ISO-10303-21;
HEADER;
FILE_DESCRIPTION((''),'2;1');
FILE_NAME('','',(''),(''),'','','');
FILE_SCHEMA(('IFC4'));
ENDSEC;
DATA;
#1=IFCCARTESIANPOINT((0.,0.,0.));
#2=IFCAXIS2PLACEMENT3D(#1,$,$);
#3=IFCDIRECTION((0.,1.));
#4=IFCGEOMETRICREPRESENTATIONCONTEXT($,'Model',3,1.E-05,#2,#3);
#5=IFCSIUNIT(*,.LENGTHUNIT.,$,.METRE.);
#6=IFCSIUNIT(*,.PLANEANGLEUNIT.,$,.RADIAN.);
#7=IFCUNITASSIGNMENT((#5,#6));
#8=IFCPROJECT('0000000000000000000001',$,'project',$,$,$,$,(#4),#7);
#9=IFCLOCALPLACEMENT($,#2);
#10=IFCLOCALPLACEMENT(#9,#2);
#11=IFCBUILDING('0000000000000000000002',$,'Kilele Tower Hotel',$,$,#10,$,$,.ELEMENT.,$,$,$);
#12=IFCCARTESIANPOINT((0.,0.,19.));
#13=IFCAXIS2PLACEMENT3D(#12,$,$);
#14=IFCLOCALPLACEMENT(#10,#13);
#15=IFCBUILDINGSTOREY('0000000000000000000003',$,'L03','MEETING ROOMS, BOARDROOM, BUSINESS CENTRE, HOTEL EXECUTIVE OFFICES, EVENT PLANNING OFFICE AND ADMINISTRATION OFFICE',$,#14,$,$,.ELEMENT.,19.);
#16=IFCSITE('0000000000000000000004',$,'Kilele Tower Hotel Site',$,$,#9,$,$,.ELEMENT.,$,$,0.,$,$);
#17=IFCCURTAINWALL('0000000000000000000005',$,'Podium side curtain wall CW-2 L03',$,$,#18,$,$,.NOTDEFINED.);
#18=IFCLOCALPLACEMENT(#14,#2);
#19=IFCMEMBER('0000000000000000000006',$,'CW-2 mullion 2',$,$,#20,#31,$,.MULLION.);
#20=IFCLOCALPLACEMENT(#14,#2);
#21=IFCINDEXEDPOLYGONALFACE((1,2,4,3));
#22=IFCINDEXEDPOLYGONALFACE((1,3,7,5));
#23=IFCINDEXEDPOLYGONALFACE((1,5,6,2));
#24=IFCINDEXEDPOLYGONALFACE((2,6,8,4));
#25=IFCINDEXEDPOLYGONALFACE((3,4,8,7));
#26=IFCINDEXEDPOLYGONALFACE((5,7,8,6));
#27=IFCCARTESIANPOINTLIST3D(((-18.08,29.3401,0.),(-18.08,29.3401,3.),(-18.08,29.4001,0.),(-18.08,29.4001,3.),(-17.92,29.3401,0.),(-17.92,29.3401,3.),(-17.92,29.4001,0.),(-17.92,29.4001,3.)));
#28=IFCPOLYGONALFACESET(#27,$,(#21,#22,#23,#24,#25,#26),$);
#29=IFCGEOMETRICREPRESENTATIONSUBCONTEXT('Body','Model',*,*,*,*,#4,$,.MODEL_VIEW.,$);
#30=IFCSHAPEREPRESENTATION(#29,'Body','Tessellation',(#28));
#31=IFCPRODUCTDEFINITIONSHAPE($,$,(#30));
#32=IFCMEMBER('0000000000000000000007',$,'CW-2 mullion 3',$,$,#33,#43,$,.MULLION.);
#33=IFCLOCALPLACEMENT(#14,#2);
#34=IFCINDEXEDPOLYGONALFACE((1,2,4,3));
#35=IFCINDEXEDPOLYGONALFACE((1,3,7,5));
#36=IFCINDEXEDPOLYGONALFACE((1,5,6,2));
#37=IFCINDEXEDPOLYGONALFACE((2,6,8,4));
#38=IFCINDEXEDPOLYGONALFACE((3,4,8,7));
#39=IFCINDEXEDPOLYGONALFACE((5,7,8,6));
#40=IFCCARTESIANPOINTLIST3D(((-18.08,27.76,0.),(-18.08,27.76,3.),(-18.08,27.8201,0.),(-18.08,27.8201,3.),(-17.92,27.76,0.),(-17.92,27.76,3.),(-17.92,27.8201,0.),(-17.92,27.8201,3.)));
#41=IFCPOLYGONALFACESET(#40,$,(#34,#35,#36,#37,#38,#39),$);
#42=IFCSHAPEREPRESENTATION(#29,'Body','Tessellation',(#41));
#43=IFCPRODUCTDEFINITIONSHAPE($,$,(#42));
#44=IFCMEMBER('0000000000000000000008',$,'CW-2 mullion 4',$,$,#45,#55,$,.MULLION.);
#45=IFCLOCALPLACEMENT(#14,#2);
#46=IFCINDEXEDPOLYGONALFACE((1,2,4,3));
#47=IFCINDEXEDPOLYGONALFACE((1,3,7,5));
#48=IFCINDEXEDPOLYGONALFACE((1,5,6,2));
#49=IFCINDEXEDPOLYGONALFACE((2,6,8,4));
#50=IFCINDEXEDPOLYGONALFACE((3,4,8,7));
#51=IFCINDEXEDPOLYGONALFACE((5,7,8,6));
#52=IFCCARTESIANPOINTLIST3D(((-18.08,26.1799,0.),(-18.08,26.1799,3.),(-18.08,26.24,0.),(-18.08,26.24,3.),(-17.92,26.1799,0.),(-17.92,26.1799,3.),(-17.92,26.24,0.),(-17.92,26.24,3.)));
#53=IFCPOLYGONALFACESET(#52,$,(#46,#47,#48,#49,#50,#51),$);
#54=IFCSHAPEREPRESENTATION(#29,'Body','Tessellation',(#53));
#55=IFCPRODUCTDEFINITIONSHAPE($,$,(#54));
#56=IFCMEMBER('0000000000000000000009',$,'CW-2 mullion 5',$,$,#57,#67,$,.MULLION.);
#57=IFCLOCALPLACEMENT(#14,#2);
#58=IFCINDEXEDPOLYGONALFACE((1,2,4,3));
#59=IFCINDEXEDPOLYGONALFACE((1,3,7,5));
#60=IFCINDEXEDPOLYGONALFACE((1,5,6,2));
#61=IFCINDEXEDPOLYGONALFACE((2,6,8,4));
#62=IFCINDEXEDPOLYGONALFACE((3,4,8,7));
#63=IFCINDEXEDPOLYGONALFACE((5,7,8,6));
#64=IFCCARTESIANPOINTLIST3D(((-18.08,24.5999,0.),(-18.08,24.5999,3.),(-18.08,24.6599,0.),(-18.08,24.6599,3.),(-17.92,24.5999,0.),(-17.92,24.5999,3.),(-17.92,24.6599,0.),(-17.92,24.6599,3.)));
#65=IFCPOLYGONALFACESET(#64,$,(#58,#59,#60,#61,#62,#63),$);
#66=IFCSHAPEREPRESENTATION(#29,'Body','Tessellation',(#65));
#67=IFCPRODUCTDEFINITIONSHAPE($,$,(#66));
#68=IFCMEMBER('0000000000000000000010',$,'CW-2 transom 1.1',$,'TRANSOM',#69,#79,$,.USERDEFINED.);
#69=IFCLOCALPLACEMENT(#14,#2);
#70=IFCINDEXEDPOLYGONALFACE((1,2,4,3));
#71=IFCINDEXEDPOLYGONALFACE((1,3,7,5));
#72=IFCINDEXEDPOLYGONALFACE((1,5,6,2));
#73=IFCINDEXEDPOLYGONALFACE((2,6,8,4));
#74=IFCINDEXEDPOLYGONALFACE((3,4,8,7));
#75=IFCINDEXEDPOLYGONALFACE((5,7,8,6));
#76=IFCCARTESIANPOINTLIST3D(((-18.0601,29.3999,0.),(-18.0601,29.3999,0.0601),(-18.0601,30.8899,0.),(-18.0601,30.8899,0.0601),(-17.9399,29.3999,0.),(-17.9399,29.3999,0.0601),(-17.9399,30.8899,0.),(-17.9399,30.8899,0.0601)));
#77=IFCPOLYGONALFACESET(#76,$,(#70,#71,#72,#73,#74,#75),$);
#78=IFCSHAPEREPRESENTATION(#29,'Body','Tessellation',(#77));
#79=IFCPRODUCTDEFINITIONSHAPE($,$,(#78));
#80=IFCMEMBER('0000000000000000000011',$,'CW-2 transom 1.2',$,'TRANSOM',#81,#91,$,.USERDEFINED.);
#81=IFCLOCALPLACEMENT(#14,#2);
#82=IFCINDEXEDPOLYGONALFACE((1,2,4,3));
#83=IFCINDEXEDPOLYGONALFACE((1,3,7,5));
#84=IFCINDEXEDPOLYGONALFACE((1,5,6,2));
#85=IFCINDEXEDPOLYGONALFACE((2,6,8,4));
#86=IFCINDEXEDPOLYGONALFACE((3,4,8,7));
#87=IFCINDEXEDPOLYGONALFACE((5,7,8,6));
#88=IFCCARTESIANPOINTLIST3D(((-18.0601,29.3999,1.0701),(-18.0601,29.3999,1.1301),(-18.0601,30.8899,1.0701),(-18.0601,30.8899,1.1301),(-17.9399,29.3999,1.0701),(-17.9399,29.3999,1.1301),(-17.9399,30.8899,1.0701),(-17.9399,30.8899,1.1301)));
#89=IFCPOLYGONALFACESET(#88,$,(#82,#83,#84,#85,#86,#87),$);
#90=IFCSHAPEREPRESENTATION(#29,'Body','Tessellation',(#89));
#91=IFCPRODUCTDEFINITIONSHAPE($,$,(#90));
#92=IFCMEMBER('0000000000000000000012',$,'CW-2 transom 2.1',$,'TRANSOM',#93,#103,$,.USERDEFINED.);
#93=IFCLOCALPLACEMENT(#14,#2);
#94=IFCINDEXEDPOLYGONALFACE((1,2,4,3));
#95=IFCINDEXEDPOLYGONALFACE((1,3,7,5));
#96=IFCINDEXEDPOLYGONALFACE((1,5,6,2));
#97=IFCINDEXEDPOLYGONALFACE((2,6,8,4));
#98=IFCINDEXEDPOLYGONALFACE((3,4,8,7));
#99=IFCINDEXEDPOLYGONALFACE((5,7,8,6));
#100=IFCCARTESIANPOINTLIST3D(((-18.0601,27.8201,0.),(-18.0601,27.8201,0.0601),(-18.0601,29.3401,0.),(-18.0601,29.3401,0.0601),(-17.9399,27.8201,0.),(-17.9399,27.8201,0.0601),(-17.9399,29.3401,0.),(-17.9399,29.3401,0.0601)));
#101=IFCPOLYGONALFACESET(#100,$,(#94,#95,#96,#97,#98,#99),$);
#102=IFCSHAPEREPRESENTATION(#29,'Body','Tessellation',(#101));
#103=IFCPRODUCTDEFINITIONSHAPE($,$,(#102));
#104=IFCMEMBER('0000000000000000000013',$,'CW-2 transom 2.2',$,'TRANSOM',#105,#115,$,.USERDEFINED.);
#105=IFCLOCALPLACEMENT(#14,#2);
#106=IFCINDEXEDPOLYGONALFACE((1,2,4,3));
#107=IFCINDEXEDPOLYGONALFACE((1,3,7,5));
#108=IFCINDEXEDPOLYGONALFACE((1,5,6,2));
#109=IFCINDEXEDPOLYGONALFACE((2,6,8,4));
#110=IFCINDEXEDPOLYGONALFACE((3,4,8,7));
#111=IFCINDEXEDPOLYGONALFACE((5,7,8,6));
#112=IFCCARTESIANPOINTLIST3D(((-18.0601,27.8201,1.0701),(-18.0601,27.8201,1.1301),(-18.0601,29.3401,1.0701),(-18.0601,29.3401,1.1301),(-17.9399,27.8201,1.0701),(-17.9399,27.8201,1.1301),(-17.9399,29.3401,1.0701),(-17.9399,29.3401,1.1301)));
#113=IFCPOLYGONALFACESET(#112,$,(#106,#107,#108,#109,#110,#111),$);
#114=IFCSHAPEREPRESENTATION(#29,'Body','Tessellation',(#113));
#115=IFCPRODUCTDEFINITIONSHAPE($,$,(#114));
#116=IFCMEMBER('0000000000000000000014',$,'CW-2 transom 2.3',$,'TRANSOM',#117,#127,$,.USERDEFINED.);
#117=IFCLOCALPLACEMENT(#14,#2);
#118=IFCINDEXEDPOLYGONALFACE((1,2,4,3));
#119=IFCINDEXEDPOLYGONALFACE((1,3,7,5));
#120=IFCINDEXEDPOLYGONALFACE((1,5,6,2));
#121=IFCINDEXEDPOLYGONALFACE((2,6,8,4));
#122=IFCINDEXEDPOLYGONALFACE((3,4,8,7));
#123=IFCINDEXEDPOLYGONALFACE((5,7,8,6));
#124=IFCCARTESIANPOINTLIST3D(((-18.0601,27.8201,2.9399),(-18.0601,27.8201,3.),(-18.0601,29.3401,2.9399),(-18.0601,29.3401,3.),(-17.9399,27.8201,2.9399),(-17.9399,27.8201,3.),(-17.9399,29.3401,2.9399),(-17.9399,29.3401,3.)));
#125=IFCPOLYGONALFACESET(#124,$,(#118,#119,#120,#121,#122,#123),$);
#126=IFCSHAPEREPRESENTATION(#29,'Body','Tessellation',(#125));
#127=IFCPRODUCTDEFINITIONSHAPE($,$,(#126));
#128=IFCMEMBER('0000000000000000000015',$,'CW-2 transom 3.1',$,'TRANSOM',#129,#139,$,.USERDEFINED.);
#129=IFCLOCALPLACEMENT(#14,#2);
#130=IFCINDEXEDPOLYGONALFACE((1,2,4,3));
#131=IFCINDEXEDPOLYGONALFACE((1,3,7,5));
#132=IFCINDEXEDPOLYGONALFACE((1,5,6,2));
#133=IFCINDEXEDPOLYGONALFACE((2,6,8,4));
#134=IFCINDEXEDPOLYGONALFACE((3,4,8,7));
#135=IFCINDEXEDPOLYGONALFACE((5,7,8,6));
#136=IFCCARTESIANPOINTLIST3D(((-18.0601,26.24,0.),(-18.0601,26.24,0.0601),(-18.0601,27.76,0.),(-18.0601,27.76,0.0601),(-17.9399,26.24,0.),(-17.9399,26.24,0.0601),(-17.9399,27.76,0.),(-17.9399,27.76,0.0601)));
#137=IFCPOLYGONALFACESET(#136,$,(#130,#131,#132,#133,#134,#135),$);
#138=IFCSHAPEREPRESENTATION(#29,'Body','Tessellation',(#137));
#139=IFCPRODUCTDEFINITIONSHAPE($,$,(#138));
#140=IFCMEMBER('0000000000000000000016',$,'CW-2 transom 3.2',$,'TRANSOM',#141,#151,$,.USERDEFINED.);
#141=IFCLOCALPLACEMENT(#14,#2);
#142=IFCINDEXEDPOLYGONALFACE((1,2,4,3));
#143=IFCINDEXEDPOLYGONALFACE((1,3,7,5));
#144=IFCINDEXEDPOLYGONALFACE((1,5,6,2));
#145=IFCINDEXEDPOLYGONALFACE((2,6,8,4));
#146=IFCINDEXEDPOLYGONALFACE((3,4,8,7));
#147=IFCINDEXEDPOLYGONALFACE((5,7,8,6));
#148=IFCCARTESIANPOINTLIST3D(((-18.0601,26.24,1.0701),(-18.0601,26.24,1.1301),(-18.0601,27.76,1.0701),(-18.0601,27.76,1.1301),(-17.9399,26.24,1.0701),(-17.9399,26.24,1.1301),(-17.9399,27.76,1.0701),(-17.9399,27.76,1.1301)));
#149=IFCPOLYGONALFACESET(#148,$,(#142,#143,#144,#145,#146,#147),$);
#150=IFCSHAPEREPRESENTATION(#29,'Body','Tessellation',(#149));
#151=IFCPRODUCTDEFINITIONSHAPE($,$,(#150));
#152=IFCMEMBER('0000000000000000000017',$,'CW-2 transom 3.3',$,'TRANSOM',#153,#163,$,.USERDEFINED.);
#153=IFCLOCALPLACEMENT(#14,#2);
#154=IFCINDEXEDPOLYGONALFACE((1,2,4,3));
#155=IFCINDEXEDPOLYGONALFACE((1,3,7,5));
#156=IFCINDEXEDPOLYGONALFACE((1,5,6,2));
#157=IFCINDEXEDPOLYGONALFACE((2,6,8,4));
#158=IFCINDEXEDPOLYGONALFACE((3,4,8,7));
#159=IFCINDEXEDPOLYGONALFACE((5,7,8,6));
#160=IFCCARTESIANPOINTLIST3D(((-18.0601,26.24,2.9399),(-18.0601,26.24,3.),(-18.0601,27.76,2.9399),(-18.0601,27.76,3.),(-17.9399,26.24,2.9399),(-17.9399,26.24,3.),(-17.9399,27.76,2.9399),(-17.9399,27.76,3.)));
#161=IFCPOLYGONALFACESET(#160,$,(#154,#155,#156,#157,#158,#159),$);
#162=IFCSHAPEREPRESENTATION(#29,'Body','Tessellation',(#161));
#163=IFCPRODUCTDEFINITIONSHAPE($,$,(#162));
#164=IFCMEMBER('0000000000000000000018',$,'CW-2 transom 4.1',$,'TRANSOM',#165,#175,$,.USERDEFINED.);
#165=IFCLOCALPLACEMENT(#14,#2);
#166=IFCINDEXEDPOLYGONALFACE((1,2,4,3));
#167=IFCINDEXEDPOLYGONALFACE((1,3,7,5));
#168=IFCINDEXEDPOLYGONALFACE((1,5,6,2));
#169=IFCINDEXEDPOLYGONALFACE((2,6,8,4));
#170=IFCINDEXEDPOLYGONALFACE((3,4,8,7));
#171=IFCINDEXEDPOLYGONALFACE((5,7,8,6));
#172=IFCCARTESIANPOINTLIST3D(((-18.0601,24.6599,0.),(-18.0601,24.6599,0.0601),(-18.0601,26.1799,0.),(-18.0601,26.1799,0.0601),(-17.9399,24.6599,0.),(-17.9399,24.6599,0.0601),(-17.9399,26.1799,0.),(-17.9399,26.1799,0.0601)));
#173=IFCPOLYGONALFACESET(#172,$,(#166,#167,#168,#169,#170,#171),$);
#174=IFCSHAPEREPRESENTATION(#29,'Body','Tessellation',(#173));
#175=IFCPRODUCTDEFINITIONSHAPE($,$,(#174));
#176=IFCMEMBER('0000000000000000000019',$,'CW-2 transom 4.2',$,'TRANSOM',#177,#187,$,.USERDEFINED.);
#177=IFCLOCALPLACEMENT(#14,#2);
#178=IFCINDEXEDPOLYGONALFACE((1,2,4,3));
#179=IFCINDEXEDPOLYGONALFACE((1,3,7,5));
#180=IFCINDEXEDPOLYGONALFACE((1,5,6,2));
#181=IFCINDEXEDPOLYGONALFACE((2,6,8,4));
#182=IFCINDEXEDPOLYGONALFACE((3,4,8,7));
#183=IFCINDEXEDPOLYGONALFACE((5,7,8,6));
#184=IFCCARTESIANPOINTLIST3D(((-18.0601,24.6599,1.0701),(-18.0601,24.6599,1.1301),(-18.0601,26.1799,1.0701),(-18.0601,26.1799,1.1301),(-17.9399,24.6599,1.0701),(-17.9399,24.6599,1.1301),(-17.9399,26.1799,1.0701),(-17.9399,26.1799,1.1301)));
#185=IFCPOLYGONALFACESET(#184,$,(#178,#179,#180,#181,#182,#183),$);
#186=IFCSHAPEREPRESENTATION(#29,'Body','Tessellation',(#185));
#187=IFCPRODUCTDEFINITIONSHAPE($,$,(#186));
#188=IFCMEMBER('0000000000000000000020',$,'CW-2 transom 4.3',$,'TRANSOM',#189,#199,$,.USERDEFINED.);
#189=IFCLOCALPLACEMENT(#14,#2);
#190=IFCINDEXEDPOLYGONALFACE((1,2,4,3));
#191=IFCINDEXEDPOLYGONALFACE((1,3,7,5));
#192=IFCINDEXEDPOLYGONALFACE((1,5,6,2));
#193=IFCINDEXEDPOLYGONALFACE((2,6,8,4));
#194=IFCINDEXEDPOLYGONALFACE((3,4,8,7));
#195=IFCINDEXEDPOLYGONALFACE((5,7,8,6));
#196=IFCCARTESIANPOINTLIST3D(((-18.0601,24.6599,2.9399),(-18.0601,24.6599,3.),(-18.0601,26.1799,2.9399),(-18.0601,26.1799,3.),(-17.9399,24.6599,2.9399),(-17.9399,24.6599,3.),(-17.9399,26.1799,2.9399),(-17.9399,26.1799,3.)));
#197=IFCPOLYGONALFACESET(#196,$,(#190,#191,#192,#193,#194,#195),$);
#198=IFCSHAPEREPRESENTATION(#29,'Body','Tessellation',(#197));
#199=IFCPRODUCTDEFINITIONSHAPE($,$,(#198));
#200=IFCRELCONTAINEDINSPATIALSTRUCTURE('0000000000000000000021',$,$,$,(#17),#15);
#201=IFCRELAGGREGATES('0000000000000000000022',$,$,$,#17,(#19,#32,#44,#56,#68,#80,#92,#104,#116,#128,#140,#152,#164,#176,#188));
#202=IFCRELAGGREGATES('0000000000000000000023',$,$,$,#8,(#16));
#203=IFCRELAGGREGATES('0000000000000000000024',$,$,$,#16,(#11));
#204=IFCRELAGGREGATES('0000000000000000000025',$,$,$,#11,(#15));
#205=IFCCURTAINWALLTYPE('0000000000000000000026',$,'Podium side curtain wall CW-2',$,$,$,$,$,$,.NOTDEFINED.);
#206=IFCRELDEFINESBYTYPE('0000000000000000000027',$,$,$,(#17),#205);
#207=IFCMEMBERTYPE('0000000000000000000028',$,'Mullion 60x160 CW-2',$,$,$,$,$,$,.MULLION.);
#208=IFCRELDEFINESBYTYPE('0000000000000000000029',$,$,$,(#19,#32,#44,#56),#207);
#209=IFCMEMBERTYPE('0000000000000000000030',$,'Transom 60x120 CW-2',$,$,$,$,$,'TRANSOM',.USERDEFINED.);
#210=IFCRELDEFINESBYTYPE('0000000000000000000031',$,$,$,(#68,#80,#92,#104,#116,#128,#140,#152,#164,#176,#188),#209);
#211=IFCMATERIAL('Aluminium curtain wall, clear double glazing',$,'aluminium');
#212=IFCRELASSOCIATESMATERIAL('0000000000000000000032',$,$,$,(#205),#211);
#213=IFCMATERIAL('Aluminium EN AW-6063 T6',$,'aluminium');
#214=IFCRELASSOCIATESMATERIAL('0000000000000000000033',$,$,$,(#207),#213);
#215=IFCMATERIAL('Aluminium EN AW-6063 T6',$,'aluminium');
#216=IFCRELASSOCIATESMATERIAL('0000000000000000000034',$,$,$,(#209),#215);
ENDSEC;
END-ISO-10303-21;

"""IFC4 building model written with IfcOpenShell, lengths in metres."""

from ifc_helpers import new_model, si_unit, direction, frame, origin, origin_2d, place, context, subcontext, project, spatial, rectangle, extrude, material, material_profile, profile_set, type_object, element, aggregate, save


model = new_model("IFC4")

# Units and contexts
model_context = context("Model", 3, precision=1e-05, world=origin(), true_north=direction((0.0, 1.0)))
body_context = subcontext(model_context, "Body", "Model", "MODEL_VIEW")
ifc_project = project(units=[si_unit("LENGTHUNIT", "METRE"), si_unit("PLANEANGLEUNIT", "RADIAN")], contexts=[model_context])

# Site, building, storey
site_placement = place(None, origin())
site = spatial("IfcSite", under=ifc_project, at=site_placement, Name="Kilele Tower Hotel Site", CompositionType="ELEMENT", RefElevation=0.0)
building_placement = place(site_placement, origin())
building = spatial("IfcBuilding", under=site, at=building_placement, Name="Kilele Tower Hotel", CompositionType="ELEMENT")
storey_placement = place(building_placement, frame((0.0, 0.0, 19.0)))
storey = spatial("IfcBuildingStorey", under=building, at=storey_placement, Name="L03", Description="MEETING ROOMS, BOARDROOM, BUSINESS CENTRE, HOTEL EXECUTIVE OFFICES, EVENT PLANNING OFFICE AND ADMINISTRATION OFFICE", CompositionType="ELEMENT", Elevation=19.0)

# Curtain wall, members
ifc_material_1 = material(Name="Aluminium curtain wall, clear double glazing", Category="aluminium")
curtain_wall_type = type_object("IfcCurtainWallType", Name="Podium side curtain wall CW-2", PredefinedType="NOTDEFINED", material=ifc_material_1)
curtain_wall_placement = place(storey_placement, origin())
curtain_wall = element("IfcCurtainWall", 1, at=curtain_wall_placement, inside=storey, type_object=curtain_wall_type, Name="Podium side curtain wall CW-2 L03", PredefinedType="NOTDEFINED")
ifc_material_2 = material(Name="Aluminium EN AW-6063 T6", Category="aluminium")
ifc_material_profile_1 = material_profile(ifc_material_2, rectangle(XDim=0.1599, YDim=0.0601, at=origin_2d()))
ifc_profile_set_1 = profile_set([ifc_material_profile_1], Name="Aluminium EN AW-6063 T6")
member_type_1 = type_object("IfcMemberType", Name="Mullion 60x160 CW-2", PredefinedType="MULLION", material=ifc_profile_set_1)
member_1_placement = place(storey_placement, frame((-18.0, 29.3701, 0.0), z_axis=(0.0, 0.0, 1.0), x_axis=(1.0, 0.0, 0.0)))
member_1 = element("IfcMember", 2, at=member_1_placement, type_object=member_type_1, Name="CW-2 mullion 2", PredefinedType="MULLION", context=body_context, shape_type="SweptSolid", body=[
    extrude(rectangle(XDim=0.1599, YDim=0.0601, at=origin_2d()), origin(), (0.0, 0.0, 1.0), 3.0),
])
member_2_placement = place(storey_placement, frame((-18.0, 27.79, 0.0), z_axis=(0.0, 0.0, 1.0), x_axis=(1.0, 0.0, 0.0)))
member_2 = element("IfcMember", 3, at=member_2_placement, type_object=member_type_1, Name="CW-2 mullion 3", PredefinedType="MULLION", context=body_context, shape_type="SweptSolid", body=[
    extrude(rectangle(XDim=0.1599, YDim=0.0601, at=origin_2d()), origin(), (0.0, 0.0, 1.0), 3.0),
])
member_3_placement = place(storey_placement, frame((-18.0, 26.21, 0.0), z_axis=(0.0, 0.0, 1.0), x_axis=(1.0, 0.0, 0.0)))
member_3 = element("IfcMember", 4, at=member_3_placement, type_object=member_type_1, Name="CW-2 mullion 4", PredefinedType="MULLION", context=body_context, shape_type="SweptSolid", body=[
    extrude(rectangle(XDim=0.1599, YDim=0.0601, at=origin_2d()), origin(), (0.0, 0.0, 1.0), 3.0),
])
member_4_placement = place(storey_placement, frame((-18.0, 24.6299, 0.0), z_axis=(0.0, 0.0, 1.0), x_axis=(1.0, 0.0, 0.0)))
member_4 = element("IfcMember", 5, at=member_4_placement, type_object=member_type_1, Name="CW-2 mullion 5", PredefinedType="MULLION", context=body_context, shape_type="SweptSolid", body=[
    extrude(rectangle(XDim=0.1599, YDim=0.0601, at=origin_2d()), origin(), (0.0, 0.0, 1.0), 3.0),
])
ifc_material_3 = material(Name="Aluminium EN AW-6063 T6", Category="aluminium")
ifc_material_profile_2 = material_profile(ifc_material_3, rectangle(XDim=0.1201, YDim=0.0601, at=origin_2d()))
ifc_profile_set_2 = profile_set([ifc_material_profile_2], Name="Aluminium EN AW-6063 T6")
member_type_2 = type_object("IfcMemberType", Name="Transom 60x120 CW-2", ElementType="TRANSOM", PredefinedType="USERDEFINED", material=ifc_profile_set_2)
member_5_placement = place(storey_placement, frame((-18.0, 30.8899, 0.03), z_axis=(0.0, -1.0, 0.0), x_axis=(1.0, 0.0, 0.0)))
member_5 = element("IfcMember", 6, at=member_5_placement, type_object=member_type_2, Name="CW-2 transom 1.1", ObjectType="TRANSOM", PredefinedType="USERDEFINED", context=body_context, shape_type="SweptSolid", body=[
    extrude(rectangle(XDim=0.1201, YDim=0.0601, at=origin_2d()), origin(), (0.0, 0.0, 1.0), 1.49),
])
member_6_placement = place(storey_placement, frame((-18.0, 30.8899, 1.1001), z_axis=(0.0, -1.0, 0.0), x_axis=(1.0, 0.0, 0.0)))
member_6 = element("IfcMember", 7, at=member_6_placement, type_object=member_type_2, Name="CW-2 transom 1.2", ObjectType="TRANSOM", PredefinedType="USERDEFINED", context=body_context, shape_type="SweptSolid", body=[
    extrude(rectangle(XDim=0.1201, YDim=0.0601, at=origin_2d()), origin(), (0.0, 0.0, 1.0), 1.49),
])
member_7_placement = place(storey_placement, frame((-18.0, 29.3401, 0.03), z_axis=(0.0, -1.0, 0.0), x_axis=(1.0, 0.0, 0.0)))
member_7 = element("IfcMember", 8, at=member_7_placement, type_object=member_type_2, Name="CW-2 transom 2.1", ObjectType="TRANSOM", PredefinedType="USERDEFINED", context=body_context, shape_type="SweptSolid", body=[
    extrude(rectangle(XDim=0.1201, YDim=0.0601, at=origin_2d()), origin(), (0.0, 0.0, 1.0), 1.52),
])
member_8_placement = place(storey_placement, frame((-18.0, 29.3401, 1.1001), z_axis=(0.0, -1.0, 0.0), x_axis=(1.0, 0.0, 0.0)))
member_8 = element("IfcMember", 9, at=member_8_placement, type_object=member_type_2, Name="CW-2 transom 2.2", ObjectType="TRANSOM", PredefinedType="USERDEFINED", context=body_context, shape_type="SweptSolid", body=[
    extrude(rectangle(XDim=0.1201, YDim=0.0601, at=origin_2d()), origin(), (0.0, 0.0, 1.0), 1.52),
])
member_9_placement = place(storey_placement, frame((-18.0, 29.3401, 2.97), z_axis=(0.0, -1.0, 0.0), x_axis=(1.0, 0.0, 0.0)))
member_9 = element("IfcMember", 10, at=member_9_placement, type_object=member_type_2, Name="CW-2 transom 2.3", ObjectType="TRANSOM", PredefinedType="USERDEFINED", context=body_context, shape_type="SweptSolid", body=[
    extrude(rectangle(XDim=0.1201, YDim=0.0601, at=origin_2d()), origin(), (0.0, 0.0, 1.0), 1.52),
])
member_10_placement = place(storey_placement, frame((-18.0, 27.76, 0.03), z_axis=(0.0, -1.0, 0.0), x_axis=(1.0, 0.0, 0.0)))
member_10 = element("IfcMember", 11, at=member_10_placement, type_object=member_type_2, Name="CW-2 transom 3.1", ObjectType="TRANSOM", PredefinedType="USERDEFINED", context=body_context, shape_type="SweptSolid", body=[
    extrude(rectangle(XDim=0.1201, YDim=0.0601, at=origin_2d()), origin(), (0.0, 0.0, 1.0), 1.52),
])
member_11_placement = place(storey_placement, frame((-18.0, 27.76, 1.1001), z_axis=(0.0, -1.0, 0.0), x_axis=(1.0, 0.0, 0.0)))
member_11 = element("IfcMember", 12, at=member_11_placement, type_object=member_type_2, Name="CW-2 transom 3.2", ObjectType="TRANSOM", PredefinedType="USERDEFINED", context=body_context, shape_type="SweptSolid", body=[
    extrude(rectangle(XDim=0.1201, YDim=0.0601, at=origin_2d()), origin(), (0.0, 0.0, 1.0), 1.52),
])
member_12_placement = place(storey_placement, frame((-18.0, 27.76, 2.97), z_axis=(0.0, -1.0, 0.0), x_axis=(1.0, 0.0, 0.0)))
member_12 = element("IfcMember", 13, at=member_12_placement, type_object=member_type_2, Name="CW-2 transom 3.3", ObjectType="TRANSOM", PredefinedType="USERDEFINED", context=body_context, shape_type="SweptSolid", body=[
    extrude(rectangle(XDim=0.1201, YDim=0.0601, at=origin_2d()), origin(), (0.0, 0.0, 1.0), 1.52),
])
member_13_placement = place(storey_placement, frame((-18.0, 26.1799, 0.03), z_axis=(0.0, -1.0, 0.0), x_axis=(1.0, 0.0, 0.0)))
member_13 = element("IfcMember", 14, at=member_13_placement, type_object=member_type_2, Name="CW-2 transom 4.1", ObjectType="TRANSOM", PredefinedType="USERDEFINED", context=body_context, shape_type="SweptSolid", body=[
    extrude(rectangle(XDim=0.1201, YDim=0.0601, at=origin_2d()), origin(), (0.0, 0.0, 1.0), 1.52),
])
member_14_placement = place(storey_placement, frame((-18.0, 26.1799, 1.1001), z_axis=(0.0, -1.0, 0.0), x_axis=(1.0, 0.0, 0.0)))
member_14 = element("IfcMember", 15, at=member_14_placement, type_object=member_type_2, Name="CW-2 transom 4.2", ObjectType="TRANSOM", PredefinedType="USERDEFINED", context=body_context, shape_type="SweptSolid", body=[
    extrude(rectangle(XDim=0.1201, YDim=0.0601, at=origin_2d()), origin(), (0.0, 0.0, 1.0), 1.52),
])
member_15_placement = place(storey_placement, frame((-18.0, 26.1799, 2.97), z_axis=(0.0, -1.0, 0.0), x_axis=(1.0, 0.0, 0.0)))
member_15 = element("IfcMember", 16, at=member_15_placement, type_object=member_type_2, Name="CW-2 transom 4.3", ObjectType="TRANSOM", PredefinedType="USERDEFINED", context=body_context, shape_type="SweptSolid", body=[
    extrude(rectangle(XDim=0.1201, YDim=0.0601, at=origin_2d()), origin(), (0.0, 0.0, 1.0), 1.52),
])
aggregate(curtain_wall, [member_1, member_2, member_3, member_4, member_5, member_6, member_7, member_8, member_9, member_10, member_11, member_12, member_13, member_14, member_15])

save(model, "model.ifc")
